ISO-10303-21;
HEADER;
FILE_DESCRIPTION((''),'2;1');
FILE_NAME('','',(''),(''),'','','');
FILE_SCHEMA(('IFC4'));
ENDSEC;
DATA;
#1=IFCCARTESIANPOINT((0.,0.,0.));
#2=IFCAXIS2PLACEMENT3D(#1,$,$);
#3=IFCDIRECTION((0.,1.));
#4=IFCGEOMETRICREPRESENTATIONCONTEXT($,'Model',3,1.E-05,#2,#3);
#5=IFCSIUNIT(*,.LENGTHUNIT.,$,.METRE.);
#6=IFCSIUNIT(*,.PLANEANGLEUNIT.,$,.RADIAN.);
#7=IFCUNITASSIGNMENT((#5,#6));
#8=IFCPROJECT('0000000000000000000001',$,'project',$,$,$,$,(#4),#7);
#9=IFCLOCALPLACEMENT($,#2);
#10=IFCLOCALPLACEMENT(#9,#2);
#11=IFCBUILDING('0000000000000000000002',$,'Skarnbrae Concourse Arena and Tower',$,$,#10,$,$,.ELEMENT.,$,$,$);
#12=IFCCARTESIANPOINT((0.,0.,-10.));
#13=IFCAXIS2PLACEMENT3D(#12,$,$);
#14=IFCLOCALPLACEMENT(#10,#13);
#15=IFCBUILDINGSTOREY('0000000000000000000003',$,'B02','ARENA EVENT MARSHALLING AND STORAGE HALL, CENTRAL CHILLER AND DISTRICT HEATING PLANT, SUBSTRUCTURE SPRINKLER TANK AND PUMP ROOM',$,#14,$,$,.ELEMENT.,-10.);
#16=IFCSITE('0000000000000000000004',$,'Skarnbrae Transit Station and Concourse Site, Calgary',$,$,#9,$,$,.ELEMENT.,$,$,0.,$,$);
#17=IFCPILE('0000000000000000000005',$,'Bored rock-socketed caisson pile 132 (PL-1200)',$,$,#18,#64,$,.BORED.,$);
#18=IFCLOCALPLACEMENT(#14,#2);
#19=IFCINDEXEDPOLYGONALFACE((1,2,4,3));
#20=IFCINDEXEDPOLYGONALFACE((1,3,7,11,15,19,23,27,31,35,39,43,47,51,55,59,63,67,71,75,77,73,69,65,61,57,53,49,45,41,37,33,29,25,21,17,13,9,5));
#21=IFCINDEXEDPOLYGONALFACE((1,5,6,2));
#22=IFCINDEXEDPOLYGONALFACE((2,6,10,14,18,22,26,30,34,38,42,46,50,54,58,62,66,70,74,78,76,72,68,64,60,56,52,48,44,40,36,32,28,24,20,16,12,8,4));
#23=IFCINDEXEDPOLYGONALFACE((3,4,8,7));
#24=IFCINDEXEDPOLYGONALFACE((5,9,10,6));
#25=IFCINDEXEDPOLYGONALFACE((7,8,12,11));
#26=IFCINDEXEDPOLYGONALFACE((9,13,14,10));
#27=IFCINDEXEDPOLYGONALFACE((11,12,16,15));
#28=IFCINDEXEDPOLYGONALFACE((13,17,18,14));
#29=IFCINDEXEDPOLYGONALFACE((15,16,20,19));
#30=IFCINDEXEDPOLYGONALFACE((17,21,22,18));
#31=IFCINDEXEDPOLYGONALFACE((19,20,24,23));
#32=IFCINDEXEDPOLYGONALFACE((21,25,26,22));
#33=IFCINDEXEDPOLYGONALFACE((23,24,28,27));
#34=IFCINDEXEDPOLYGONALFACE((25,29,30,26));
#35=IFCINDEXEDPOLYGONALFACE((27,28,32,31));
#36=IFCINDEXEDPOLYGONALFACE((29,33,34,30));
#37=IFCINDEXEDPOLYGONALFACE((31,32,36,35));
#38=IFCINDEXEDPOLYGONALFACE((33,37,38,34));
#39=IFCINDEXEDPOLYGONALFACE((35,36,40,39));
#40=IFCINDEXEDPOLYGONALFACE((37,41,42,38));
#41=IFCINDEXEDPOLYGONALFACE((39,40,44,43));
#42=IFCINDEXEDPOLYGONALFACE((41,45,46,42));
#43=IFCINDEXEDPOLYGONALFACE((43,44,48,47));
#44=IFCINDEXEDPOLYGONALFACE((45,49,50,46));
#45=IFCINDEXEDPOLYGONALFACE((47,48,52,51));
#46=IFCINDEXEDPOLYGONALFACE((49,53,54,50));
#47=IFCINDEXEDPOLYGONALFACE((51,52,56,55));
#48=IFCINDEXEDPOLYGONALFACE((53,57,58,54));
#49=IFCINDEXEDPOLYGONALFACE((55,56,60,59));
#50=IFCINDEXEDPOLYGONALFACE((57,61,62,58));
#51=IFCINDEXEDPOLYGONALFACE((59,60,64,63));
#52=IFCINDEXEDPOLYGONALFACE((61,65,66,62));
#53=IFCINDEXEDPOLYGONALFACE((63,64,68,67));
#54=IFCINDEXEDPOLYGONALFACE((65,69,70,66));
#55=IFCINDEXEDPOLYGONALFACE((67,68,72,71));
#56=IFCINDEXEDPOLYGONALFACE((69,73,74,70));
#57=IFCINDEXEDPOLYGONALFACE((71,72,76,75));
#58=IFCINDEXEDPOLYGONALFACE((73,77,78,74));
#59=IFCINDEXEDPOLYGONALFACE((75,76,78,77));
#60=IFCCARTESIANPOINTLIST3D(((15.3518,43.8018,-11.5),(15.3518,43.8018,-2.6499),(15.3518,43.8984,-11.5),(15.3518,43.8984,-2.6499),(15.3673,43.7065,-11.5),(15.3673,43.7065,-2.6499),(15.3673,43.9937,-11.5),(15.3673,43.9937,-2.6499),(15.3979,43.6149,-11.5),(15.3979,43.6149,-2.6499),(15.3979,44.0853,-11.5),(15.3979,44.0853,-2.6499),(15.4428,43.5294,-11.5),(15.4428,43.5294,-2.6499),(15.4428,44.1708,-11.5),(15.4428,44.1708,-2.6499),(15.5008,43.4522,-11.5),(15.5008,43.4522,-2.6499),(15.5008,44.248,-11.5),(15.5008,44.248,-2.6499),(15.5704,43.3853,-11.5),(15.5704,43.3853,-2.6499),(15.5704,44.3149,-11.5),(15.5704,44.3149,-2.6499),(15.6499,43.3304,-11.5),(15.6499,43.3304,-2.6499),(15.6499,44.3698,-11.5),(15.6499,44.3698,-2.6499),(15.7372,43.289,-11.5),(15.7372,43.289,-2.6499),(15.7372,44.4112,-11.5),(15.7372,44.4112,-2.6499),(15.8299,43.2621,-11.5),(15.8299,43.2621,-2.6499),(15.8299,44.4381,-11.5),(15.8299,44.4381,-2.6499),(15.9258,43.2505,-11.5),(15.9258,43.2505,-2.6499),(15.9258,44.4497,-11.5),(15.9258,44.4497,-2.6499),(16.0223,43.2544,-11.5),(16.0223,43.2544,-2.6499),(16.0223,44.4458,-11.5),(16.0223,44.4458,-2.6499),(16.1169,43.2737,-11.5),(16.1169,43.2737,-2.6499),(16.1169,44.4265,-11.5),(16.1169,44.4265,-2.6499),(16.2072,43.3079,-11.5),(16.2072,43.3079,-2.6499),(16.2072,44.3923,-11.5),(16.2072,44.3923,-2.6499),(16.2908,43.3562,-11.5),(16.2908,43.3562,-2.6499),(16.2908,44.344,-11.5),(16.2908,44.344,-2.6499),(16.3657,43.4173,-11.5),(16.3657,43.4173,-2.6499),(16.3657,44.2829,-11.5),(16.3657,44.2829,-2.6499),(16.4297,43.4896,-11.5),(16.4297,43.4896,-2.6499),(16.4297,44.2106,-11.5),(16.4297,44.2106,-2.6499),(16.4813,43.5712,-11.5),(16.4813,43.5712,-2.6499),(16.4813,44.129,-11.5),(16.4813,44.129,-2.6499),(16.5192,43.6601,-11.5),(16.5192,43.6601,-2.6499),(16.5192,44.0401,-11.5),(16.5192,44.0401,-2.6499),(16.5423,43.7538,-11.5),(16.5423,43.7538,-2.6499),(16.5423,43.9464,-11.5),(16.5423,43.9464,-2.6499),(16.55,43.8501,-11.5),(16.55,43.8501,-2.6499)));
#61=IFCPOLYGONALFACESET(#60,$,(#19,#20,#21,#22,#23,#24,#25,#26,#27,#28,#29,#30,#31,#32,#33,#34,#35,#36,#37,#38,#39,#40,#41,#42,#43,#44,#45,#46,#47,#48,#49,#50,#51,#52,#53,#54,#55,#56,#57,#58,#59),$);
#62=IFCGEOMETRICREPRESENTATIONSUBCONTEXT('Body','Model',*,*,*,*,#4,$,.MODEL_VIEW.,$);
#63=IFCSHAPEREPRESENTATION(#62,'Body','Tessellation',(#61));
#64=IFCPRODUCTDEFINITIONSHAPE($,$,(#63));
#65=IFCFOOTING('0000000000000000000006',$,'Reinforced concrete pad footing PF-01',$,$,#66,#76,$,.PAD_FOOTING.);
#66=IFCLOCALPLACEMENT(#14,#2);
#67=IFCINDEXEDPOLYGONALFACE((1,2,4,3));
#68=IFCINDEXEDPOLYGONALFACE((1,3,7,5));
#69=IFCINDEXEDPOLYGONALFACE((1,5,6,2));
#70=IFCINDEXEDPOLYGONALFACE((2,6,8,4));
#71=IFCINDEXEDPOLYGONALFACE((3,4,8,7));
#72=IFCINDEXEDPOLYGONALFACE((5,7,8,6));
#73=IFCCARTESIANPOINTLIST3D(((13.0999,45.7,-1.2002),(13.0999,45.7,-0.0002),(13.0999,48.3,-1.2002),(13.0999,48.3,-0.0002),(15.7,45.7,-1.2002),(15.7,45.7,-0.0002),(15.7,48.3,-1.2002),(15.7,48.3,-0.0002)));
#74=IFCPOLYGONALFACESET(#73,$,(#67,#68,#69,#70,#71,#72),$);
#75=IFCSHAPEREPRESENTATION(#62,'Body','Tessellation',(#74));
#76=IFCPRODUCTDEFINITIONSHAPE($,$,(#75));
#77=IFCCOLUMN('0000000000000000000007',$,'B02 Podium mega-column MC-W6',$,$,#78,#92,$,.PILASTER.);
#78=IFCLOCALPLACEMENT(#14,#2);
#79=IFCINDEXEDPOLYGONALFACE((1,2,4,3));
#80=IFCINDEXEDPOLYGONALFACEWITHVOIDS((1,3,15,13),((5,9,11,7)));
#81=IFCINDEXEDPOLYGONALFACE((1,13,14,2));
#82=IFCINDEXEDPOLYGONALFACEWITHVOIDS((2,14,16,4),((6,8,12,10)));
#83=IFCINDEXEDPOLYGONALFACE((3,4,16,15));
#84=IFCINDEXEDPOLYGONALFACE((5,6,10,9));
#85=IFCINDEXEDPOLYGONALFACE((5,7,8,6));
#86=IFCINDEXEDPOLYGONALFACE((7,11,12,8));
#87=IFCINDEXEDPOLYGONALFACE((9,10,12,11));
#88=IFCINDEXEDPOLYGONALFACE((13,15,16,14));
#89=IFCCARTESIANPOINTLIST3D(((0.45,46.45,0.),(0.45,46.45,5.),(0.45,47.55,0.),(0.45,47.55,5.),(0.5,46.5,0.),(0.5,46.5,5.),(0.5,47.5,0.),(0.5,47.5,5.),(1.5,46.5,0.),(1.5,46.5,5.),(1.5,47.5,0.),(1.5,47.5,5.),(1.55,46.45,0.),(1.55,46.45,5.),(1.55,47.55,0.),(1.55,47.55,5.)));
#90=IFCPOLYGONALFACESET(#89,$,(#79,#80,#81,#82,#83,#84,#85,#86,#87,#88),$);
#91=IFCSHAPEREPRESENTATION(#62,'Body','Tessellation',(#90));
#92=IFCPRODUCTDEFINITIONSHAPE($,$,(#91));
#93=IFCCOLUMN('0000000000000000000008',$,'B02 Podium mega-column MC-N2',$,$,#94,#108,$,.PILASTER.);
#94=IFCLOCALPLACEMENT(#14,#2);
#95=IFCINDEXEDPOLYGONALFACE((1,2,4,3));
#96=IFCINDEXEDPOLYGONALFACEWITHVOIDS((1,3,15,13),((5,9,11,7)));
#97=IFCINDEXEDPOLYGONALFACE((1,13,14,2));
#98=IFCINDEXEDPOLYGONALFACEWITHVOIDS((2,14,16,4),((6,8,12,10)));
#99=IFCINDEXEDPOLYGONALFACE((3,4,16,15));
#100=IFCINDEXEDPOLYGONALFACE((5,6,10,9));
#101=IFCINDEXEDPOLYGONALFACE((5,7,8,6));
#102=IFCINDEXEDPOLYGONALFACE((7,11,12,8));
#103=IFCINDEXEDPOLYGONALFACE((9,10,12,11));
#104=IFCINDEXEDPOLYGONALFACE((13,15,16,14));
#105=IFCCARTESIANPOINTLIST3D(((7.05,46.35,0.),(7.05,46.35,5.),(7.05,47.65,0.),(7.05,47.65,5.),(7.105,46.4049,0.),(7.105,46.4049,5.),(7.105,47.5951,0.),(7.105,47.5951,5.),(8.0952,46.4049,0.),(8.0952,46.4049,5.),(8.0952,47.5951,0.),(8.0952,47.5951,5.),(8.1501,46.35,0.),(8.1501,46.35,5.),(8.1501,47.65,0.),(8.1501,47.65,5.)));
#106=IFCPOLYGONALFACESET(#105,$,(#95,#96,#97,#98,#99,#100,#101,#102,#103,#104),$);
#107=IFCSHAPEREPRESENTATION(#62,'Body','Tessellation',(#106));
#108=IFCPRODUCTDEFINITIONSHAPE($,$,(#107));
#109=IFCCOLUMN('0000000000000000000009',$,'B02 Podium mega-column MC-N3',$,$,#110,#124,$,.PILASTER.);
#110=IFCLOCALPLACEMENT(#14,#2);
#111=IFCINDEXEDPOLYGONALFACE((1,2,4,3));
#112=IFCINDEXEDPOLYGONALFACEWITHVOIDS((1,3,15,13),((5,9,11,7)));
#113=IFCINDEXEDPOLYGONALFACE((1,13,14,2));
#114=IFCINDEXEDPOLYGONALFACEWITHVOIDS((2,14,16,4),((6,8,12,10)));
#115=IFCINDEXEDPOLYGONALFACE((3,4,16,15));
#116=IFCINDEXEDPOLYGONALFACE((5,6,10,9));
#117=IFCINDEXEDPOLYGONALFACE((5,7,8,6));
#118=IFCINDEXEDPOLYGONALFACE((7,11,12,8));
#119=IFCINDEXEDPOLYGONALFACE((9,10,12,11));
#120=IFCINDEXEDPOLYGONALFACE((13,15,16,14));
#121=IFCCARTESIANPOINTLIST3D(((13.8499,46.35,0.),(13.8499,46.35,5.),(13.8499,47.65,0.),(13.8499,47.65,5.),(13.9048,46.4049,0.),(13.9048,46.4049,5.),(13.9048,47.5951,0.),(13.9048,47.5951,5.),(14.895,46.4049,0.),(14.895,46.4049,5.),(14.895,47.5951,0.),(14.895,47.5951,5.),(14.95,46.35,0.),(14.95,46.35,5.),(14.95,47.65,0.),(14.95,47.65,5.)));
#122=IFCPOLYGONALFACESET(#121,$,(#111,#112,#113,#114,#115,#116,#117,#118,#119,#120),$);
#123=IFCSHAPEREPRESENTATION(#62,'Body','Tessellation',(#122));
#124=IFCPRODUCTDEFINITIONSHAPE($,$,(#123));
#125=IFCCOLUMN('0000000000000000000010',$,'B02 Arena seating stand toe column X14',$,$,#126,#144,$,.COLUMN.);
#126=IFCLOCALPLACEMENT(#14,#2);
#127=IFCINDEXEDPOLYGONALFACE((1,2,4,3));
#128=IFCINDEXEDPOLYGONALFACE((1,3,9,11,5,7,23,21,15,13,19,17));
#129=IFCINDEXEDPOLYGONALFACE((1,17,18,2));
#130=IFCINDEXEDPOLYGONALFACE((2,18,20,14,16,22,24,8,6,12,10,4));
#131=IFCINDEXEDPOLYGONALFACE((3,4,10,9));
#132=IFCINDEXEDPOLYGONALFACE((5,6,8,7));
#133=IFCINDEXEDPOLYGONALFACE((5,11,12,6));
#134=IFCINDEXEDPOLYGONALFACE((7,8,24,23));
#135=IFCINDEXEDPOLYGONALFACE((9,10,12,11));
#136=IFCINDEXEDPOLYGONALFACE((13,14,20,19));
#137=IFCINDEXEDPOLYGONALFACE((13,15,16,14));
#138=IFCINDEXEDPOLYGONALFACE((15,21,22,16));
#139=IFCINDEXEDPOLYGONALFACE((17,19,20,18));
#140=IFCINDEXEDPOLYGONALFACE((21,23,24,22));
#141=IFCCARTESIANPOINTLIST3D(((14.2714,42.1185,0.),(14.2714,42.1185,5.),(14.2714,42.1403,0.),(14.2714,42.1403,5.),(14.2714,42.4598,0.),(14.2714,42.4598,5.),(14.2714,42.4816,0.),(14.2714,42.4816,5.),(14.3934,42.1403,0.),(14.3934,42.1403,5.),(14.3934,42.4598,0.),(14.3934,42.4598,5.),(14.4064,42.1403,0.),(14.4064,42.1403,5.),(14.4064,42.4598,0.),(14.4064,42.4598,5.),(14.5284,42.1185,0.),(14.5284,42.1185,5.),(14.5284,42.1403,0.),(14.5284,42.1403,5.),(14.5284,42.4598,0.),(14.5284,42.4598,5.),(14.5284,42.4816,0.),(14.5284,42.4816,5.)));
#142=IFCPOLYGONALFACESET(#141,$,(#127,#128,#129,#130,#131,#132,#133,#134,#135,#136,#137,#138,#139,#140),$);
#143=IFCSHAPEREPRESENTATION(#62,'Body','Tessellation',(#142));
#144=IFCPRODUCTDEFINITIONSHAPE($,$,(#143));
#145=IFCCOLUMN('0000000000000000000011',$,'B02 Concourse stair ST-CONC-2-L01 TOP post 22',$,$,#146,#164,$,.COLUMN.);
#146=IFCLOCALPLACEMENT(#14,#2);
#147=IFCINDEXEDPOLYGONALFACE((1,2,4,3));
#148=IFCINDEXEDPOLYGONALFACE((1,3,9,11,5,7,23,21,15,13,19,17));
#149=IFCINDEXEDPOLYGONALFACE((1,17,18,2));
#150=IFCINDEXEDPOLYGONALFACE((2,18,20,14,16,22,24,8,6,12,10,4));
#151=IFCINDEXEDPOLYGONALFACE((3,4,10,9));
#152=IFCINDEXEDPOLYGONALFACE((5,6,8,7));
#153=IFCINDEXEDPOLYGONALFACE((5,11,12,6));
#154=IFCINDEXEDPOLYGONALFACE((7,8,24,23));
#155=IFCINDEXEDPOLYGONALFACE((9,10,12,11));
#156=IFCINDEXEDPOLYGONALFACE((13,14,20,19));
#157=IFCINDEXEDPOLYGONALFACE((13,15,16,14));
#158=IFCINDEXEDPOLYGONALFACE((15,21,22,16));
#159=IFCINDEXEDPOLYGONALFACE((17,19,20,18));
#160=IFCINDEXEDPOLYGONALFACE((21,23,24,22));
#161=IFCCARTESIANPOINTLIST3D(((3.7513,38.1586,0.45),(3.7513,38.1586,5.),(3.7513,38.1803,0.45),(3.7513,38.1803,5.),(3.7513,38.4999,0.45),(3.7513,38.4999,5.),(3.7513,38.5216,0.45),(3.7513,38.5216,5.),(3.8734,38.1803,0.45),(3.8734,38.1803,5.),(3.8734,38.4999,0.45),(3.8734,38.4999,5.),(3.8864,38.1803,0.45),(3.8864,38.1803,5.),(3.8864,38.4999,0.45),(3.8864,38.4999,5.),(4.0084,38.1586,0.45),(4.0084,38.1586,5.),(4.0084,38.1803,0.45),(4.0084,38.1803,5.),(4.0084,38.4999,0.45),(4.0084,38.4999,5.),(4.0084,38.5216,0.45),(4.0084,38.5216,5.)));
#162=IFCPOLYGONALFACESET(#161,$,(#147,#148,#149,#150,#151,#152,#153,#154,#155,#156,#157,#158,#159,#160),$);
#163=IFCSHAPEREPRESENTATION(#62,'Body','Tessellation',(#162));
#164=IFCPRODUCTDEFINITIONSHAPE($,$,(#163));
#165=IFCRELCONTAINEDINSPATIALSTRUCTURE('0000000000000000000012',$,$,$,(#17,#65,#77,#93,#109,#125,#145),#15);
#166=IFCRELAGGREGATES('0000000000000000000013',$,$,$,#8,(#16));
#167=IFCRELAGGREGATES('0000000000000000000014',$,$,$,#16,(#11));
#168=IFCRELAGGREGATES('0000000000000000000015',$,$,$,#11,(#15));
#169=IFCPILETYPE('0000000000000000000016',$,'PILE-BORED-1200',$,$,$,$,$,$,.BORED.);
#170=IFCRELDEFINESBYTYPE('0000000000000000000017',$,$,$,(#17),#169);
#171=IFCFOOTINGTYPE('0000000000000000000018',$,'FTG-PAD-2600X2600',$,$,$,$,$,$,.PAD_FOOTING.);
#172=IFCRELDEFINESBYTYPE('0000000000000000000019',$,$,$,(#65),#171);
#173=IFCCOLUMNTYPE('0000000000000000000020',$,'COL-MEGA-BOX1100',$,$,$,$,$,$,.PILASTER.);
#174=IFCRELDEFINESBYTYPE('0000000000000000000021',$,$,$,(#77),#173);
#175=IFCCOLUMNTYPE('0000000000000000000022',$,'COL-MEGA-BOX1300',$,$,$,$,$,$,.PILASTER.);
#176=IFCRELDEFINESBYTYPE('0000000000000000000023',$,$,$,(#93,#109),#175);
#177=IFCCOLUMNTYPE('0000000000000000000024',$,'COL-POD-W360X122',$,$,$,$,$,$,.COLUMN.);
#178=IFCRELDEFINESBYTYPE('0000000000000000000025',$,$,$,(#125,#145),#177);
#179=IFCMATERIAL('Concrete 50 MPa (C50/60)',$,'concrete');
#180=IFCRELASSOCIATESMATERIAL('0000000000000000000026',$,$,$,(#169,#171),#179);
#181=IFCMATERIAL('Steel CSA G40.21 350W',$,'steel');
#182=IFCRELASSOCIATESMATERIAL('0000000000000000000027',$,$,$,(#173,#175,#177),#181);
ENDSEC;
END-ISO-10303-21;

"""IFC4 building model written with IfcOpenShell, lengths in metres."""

from ifc_helpers import new_model, si_unit, direction, frame, origin, origin_2d, place, context, subcontext, project, spatial, rectangle, hollow_rectangle, circle, i_section, extrude, source, transform, mapped, material, material_profile, profile_set, type_object, element, save


model = new_model("IFC4")

# Units and contexts
model_context = context("Model", 3, precision=1e-05, world=origin(), true_north=direction((0.0, 1.0)))
body_context = subcontext(model_context, "Body", "Model", "MODEL_VIEW")
ifc_project = project(units=[si_unit("LENGTHUNIT", "METRE"), si_unit("PLANEANGLEUNIT", "RADIAN")], contexts=[model_context])

# Site, building, storey
site_placement = place(None, origin())
site = spatial("IfcSite", under=ifc_project, at=site_placement, Name="Skarnbrae Transit Station and Concourse Site, Calgary", CompositionType="ELEMENT", RefElevation=0.0)
building_placement = place(site_placement, origin())
building = spatial("IfcBuilding", under=site, at=building_placement, Name="Skarnbrae Concourse Arena and Tower", CompositionType="ELEMENT")
storey_placement = place(building_placement, frame((0.0, 0.0, -10.0)))
storey = spatial("IfcBuildingStorey", under=building, at=storey_placement, Name="B02", Description="ARENA EVENT MARSHALLING AND STORAGE HALL, CENTRAL CHILLER AND DISTRICT HEATING PLANT, SUBSTRUCTURE SPRINKLER TANK AND PUMP ROOM", CompositionType="ELEMENT", Elevation=-10.0)

# Shared definitions
ifc_material_1 = material(Name="Concrete 50 MPa (C50/60)", Category="concrete")

# Pile
ifc_material_profile_1 = material_profile(ifc_material_1, circle(Radius=0.6001, at=origin_2d()), Name="CAISSON-1200")
ifc_profile_set_1 = profile_set([ifc_material_profile_1], Name="Concrete 50 MPa (C50/60)")
pile_type = type_object("IfcPileType", Name="PILE-BORED-1200", PredefinedType="BORED", material=ifc_profile_set_1)
shared_shape_1 = source(origin(), body_context, "Body", "SweptSolid", [
    extrude(circle(Radius=0.6001, at=origin_2d()), origin(), (0.0, 0.0, 1.0), 8.8501),
])
for number, where, z_axis, x_axis, name in (
    (1, (15.95, 43.8501, -2.6499), (0.0, 0.0, -1.0), (1.0, 0.0, 0.0), "Bored rock-socketed caisson pile 132 (PL-1200)"),
):
    element("IfcPile", number, at=place(storey_placement, frame(where, z_axis=z_axis, x_axis=x_axis)), inside=storey, type_object=pile_type, Name=name, PredefinedType="BORED", context=body_context, shape_type="MappedRepresentation", body=[
        mapped(shared_shape_1, transform((0.0, 0.0, 0.0))),
    ])

# Footing
footing_type_1 = type_object("IfcFootingType", Name="FTG-PAD-2600X2600", PredefinedType="PAD_FOOTING", material=ifc_material_1)
shared_shape_2 = source(origin(), body_context, "Body", "SweptSolid", [
    extrude(rectangle(XDim=2.6001, YDim=2.6001, at=origin_2d()), origin(), (0.0, 0.0, 1.0), 1.2),
])
footing_placement = place(storey_placement, frame((14.3999, 47.0, -1.2002), z_axis=(0.0, 0.0, 1.0), x_axis=(1.0, 0.0, 0.0)))
element("IfcFooting", 2, at=footing_placement, inside=storey, type_object=footing_type_1, Name="Reinforced concrete pad footing PF-01", PredefinedType="PAD_FOOTING", context=body_context, shape_type="MappedRepresentation", body=[
    mapped(shared_shape_2, transform((0.0, 0.0, 0.0))),
])

# Columns
ifc_material_2 = material(Name="Steel CSA G40.21 350W", Category="steel")
ifc_material_profile_2 = material_profile(ifc_material_2, hollow_rectangle(XDim=1.1001, YDim=1.1001, WallThickness=0.05, at=origin_2d()), Name="BOX1100X1100X50")
ifc_profile_set_2 = profile_set([ifc_material_profile_2], Name="Steel CSA G40.21 350W")
column_type_1 = type_object("IfcColumnType", Name="COL-MEGA-BOX1100", PredefinedType="PILASTER", material=ifc_profile_set_2)
shared_shape_3 = source(origin(), body_context, "Body", "SweptSolid", [
    extrude(hollow_rectangle(XDim=1.1001, YDim=1.1001, WallThickness=0.05, at=origin_2d()), origin(), (0.0, 0.0, 1.0), 5.0),
])
column_1_placement = place(storey_placement, frame((1.0, 47.0, 0.0), z_axis=(0.0, 0.0, 1.0), x_axis=(1.0, 0.0, 0.0)))
element("IfcColumn", 3, at=column_1_placement, inside=storey, type_object=column_type_1, Name="B02 Podium mega-column MC-W6", PredefinedType="PILASTER", context=body_context, shape_type="MappedRepresentation", body=[
    mapped(shared_shape_3, transform((0.0, 0.0, 0.0))),
])
ifc_material_profile_3 = material_profile(ifc_material_2, hollow_rectangle(XDim=1.1001, YDim=1.3, WallThickness=0.0549, at=origin_2d()), Name="BOX1300X1100X55")
ifc_profile_set_3 = profile_set([ifc_material_profile_3], Name="Steel CSA G40.21 350W")
column_type_2 = type_object("IfcColumnType", Name="COL-MEGA-BOX1300", PredefinedType="PILASTER", material=ifc_profile_set_3)
shared_shape_4 = source(origin(), body_context, "Body", "SweptSolid", [
    extrude(hollow_rectangle(XDim=1.1001, YDim=1.3, WallThickness=0.0549, at=origin_2d()), origin(), (0.0, 0.0, 1.0), 5.0),
])
for number, where, z_axis, x_axis, name in (
    (4, (7.6001, 47.0, 0.0), (0.0, 0.0, 1.0), (1.0, 0.0, 0.0), "B02 Podium mega-column MC-N2"),
    (5, (14.3999, 47.0, 0.0), (0.0, 0.0, 1.0), (1.0, 0.0, 0.0), "B02 Podium mega-column MC-N3"),
):
    element("IfcColumn", number, at=place(storey_placement, frame(where, z_axis=z_axis, x_axis=x_axis)), inside=storey, type_object=column_type_2, Name=name, PredefinedType="PILASTER", context=body_context, shape_type="MappedRepresentation", body=[
        mapped(shared_shape_4, transform((0.0, 0.0, 0.0))),
    ])
ifc_material_profile_4 = material_profile(ifc_material_2, i_section(OverallWidth=0.2571, OverallDepth=0.363, WebThickness=0.0129, FlangeThickness=0.0217, at=origin_2d()), Name="W360X122")
ifc_profile_set_4 = profile_set([ifc_material_profile_4], Name="Steel CSA G40.21 350W")
column_type_3 = type_object("IfcColumnType", Name="COL-POD-W360X122", PredefinedType="COLUMN", material=ifc_profile_set_4)
shared_shape_5 = source(origin(), body_context, "Body", "SweptSolid", [
    extrude(i_section(OverallWidth=0.2571, OverallDepth=0.363, WebThickness=0.0129, FlangeThickness=0.0217, at=origin_2d()), origin(), (0.0, 0.0, 1.0), 5.0),
])
column_2_placement = place(storey_placement, frame((14.3999, 42.3, 0.0), z_axis=(0.0, 0.0, 1.0), x_axis=(1.0, 0.0, 0.0)))
element("IfcColumn", 6, at=column_2_placement, inside=storey, type_object=column_type_3, Name="B02 Arena seating stand toe column X14", PredefinedType="COLUMN", context=body_context, shape_type="MappedRepresentation", body=[
    mapped(shared_shape_5, transform((0.0, 0.0, 0.0))),
])
shared_shape_6 = source(origin(), body_context, "Body", "SweptSolid", [
    extrude(i_section(OverallWidth=0.2571, OverallDepth=0.363, WebThickness=0.0129, FlangeThickness=0.0217, at=origin_2d()), origin(), (0.0, 0.0, 1.0), 4.55),
])
column_3_placement = place(storey_placement, frame((3.8799, 38.3401, 0.45), z_axis=(0.0, 0.0, 1.0), x_axis=(1.0, 0.0, 0.0)))
element("IfcColumn", 7, at=column_3_placement, inside=storey, type_object=column_type_3, Name="B02 Concourse stair ST-CONC-2-L01 TOP post 22", PredefinedType="COLUMN", context=body_context, shape_type="MappedRepresentation", body=[
    mapped(shared_shape_6, transform((0.0, 0.0, 0.0))),
])

save(model, "model.ifc")
